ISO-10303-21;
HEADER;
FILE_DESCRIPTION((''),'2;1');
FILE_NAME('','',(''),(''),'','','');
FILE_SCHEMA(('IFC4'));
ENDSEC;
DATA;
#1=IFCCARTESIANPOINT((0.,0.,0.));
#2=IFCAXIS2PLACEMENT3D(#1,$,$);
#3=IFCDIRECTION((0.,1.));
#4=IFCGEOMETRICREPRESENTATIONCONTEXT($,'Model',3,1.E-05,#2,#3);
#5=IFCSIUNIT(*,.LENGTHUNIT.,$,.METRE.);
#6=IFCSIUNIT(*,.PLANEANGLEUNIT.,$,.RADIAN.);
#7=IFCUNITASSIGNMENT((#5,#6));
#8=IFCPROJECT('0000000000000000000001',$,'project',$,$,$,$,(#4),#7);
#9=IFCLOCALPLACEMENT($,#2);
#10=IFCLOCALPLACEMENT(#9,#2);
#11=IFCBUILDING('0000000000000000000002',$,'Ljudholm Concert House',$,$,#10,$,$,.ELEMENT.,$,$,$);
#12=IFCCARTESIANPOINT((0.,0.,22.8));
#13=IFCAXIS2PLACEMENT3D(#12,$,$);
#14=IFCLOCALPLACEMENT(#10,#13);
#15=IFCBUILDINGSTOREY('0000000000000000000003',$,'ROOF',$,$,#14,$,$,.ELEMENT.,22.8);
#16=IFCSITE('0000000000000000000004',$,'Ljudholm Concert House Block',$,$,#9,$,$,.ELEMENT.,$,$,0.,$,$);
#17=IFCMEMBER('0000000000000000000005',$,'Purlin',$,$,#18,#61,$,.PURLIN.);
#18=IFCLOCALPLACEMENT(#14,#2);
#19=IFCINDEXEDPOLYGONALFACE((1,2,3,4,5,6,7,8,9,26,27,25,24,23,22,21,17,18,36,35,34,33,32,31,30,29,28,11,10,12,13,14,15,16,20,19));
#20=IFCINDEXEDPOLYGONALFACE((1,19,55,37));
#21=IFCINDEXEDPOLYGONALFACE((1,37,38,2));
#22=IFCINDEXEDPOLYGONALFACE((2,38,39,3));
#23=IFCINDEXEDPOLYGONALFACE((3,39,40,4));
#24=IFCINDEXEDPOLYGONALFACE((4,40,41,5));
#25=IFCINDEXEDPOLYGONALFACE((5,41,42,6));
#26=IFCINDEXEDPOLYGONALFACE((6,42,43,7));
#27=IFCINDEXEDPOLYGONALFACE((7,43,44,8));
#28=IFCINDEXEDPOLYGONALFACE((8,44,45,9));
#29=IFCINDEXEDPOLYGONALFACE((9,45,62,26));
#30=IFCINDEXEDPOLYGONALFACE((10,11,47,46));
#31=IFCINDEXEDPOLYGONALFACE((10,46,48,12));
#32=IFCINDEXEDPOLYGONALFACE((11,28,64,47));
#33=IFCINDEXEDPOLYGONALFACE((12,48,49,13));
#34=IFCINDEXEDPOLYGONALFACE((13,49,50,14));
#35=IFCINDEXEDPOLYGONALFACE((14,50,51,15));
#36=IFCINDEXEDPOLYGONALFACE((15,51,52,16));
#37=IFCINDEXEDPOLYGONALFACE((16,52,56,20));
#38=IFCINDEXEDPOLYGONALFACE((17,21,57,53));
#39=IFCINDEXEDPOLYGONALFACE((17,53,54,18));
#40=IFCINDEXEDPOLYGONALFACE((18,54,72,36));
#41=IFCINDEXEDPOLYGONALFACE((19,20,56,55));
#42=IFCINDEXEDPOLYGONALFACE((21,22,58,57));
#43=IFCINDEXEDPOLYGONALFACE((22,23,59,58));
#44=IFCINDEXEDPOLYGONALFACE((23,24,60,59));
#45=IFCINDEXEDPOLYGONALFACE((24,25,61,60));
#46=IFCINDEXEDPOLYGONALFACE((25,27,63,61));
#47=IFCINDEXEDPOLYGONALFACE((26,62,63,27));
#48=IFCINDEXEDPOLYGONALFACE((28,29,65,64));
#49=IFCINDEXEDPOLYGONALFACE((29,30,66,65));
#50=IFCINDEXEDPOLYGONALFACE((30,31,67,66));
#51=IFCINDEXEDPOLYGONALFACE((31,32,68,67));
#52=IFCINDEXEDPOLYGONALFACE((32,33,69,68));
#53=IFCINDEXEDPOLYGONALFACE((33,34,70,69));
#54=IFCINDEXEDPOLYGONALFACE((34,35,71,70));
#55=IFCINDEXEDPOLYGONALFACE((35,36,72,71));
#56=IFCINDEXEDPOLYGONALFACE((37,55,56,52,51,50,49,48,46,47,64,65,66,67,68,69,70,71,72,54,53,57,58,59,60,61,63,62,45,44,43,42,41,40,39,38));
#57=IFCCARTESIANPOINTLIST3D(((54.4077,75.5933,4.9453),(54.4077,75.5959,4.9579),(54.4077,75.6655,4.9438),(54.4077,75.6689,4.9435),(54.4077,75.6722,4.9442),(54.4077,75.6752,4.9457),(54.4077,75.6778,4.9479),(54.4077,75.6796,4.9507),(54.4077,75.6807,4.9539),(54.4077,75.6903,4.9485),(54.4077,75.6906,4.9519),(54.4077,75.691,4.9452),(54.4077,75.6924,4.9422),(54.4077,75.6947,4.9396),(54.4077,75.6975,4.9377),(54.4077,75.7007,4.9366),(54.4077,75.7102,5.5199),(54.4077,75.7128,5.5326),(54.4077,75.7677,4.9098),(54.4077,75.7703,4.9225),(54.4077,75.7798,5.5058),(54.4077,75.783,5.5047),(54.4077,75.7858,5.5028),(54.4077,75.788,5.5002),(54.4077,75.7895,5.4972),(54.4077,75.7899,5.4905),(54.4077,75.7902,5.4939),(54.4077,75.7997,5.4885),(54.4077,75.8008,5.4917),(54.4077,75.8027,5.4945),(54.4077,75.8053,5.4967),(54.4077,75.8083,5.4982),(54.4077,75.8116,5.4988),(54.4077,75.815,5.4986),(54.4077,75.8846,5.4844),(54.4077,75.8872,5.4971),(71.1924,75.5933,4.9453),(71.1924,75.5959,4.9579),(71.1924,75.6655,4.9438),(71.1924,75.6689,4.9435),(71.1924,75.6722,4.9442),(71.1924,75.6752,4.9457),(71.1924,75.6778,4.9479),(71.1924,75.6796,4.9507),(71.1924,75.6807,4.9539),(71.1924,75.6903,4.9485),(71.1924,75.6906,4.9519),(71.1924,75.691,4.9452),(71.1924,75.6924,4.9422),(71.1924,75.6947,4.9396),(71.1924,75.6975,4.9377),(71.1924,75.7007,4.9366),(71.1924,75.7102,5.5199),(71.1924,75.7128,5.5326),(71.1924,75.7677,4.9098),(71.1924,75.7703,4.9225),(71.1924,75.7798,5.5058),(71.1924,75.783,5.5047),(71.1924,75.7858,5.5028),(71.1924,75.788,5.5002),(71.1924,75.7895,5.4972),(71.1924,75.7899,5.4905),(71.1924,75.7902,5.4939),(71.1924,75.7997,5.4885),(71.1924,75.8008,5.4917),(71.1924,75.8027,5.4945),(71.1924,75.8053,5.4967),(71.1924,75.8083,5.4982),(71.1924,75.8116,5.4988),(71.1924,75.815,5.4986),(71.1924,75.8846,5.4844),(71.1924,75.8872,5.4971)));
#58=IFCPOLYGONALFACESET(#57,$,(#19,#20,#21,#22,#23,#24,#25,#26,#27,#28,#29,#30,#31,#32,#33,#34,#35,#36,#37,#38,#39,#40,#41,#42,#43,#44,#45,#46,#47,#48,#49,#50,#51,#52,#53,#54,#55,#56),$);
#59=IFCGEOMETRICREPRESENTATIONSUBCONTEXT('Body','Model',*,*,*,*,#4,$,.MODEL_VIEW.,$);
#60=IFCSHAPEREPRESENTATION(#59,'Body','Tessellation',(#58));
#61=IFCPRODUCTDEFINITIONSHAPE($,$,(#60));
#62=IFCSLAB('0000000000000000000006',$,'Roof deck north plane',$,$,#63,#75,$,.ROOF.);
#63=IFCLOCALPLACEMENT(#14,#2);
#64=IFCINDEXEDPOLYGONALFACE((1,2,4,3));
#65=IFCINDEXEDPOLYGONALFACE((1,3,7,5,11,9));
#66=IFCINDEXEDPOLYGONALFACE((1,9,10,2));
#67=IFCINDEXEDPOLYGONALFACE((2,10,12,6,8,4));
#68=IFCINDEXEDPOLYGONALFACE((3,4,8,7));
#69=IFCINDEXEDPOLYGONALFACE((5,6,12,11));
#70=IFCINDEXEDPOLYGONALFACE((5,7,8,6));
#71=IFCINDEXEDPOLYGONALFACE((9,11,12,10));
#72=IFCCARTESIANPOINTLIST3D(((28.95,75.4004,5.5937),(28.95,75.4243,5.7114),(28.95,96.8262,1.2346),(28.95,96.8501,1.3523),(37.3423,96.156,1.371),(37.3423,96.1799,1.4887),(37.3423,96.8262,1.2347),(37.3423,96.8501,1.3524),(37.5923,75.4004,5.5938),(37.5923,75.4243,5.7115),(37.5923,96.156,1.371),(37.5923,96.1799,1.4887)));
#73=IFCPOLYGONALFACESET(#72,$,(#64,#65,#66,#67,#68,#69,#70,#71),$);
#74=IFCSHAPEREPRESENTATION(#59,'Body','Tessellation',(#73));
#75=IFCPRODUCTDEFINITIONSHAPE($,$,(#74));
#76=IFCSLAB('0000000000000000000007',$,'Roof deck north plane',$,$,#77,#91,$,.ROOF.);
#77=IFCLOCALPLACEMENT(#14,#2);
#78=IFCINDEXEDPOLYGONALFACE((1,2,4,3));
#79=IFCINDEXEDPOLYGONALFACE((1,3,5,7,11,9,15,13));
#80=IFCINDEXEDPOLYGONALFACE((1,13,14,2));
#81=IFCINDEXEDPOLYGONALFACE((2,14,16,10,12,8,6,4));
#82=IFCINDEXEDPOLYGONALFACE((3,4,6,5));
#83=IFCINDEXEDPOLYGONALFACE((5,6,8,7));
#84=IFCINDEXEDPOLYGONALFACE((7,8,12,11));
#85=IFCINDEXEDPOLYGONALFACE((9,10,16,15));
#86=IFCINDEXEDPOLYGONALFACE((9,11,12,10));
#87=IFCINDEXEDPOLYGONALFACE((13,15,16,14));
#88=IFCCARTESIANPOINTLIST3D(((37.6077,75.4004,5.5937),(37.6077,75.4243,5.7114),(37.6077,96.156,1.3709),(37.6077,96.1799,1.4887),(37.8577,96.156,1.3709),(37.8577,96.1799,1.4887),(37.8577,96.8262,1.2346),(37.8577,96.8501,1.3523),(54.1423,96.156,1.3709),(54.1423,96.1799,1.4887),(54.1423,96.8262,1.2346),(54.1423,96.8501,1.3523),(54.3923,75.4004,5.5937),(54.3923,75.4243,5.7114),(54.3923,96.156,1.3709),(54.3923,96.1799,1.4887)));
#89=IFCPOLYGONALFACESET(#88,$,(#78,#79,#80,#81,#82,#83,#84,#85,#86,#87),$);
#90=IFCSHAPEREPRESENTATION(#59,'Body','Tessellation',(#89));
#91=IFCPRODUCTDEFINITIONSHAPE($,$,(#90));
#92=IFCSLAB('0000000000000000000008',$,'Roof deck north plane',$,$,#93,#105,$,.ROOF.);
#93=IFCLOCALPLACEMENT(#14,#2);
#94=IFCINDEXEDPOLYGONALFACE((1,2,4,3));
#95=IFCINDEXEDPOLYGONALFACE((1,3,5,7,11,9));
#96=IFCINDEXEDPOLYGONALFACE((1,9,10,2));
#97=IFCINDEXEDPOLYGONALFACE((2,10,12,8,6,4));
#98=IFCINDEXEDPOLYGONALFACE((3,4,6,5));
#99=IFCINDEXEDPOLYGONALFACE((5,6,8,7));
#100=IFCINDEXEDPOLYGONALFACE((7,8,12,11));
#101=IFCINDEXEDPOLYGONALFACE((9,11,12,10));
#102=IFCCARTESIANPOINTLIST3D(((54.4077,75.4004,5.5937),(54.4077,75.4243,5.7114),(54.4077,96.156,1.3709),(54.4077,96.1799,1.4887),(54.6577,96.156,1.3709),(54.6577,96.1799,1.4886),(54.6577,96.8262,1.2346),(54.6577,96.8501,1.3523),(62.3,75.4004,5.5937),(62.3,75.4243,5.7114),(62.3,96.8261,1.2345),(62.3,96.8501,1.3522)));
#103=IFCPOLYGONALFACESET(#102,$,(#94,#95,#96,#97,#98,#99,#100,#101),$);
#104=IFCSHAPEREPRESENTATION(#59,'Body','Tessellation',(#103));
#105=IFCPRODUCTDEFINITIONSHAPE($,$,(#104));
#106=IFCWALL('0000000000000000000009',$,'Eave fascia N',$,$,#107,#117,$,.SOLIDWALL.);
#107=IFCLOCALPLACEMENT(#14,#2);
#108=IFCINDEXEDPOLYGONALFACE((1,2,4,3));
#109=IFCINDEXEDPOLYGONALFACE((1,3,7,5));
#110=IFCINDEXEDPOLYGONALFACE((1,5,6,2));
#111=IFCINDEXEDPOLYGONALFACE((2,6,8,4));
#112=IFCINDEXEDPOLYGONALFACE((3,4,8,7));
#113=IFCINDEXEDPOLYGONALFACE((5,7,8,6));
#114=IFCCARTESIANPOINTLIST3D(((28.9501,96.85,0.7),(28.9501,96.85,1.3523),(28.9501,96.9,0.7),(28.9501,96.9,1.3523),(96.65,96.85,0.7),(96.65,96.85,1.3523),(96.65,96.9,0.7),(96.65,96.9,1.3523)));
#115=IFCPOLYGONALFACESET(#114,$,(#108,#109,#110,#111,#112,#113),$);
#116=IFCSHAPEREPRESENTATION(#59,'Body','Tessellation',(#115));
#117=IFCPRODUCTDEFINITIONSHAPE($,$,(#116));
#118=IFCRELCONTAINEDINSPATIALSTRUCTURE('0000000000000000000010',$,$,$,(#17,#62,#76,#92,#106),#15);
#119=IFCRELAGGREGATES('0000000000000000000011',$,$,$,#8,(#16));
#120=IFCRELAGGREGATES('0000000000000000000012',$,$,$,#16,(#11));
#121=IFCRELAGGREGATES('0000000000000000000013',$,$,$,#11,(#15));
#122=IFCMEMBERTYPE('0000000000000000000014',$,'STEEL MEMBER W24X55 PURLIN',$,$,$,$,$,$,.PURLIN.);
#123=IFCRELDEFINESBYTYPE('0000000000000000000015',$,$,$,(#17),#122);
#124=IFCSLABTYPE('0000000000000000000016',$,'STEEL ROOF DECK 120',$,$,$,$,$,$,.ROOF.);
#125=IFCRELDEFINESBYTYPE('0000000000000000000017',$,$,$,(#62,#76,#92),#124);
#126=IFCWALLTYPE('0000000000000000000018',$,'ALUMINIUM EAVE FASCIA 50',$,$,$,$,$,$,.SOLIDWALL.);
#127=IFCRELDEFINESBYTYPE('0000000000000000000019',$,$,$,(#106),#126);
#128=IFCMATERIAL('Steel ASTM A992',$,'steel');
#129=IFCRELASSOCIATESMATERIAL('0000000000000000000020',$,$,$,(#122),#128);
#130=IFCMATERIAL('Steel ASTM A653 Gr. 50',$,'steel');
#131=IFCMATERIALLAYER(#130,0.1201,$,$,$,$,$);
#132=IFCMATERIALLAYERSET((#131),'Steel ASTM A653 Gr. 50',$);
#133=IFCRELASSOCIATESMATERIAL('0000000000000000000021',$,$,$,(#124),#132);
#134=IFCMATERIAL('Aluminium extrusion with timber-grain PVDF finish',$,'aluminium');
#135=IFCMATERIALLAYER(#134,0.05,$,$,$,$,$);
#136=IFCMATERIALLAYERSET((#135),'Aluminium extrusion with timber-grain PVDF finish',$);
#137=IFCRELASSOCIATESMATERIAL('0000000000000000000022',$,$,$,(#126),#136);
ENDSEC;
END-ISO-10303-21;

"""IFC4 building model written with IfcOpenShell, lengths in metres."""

from ifc_helpers import new_model, si_unit, direction, frame, frame_2d, origin, origin_2d, place, context, subcontext, project, spatial, polyline, rectangle, i_section, outline, extrude, material, layer, layer_set, material_profile, profile_set, type_object, element, save


model = new_model("IFC4")

# Units and contexts
model_context = context("Model", 3, precision=1e-05, world=origin(), true_north=direction((0.0, 1.0)))
body_context = subcontext(model_context, "Body", "Model", "MODEL_VIEW")
ifc_project = project(units=[si_unit("LENGTHUNIT", "METRE"), si_unit("PLANEANGLEUNIT", "RADIAN")], contexts=[model_context])

# Site, building, storey
site_placement = place(None, origin())
site = spatial("IfcSite", under=ifc_project, at=site_placement, Name="Ljudholm Concert House Block", CompositionType="ELEMENT", RefElevation=0.0)
building_placement = place(site_placement, origin())
building = spatial("IfcBuilding", under=site, at=building_placement, Name="Ljudholm Concert House", CompositionType="ELEMENT")
storey_placement = place(building_placement, frame((0.0, 0.0, 22.8)))
storey = spatial("IfcBuildingStorey", under=building, at=storey_placement, Name="ROOF", CompositionType="ELEMENT", Elevation=22.8)

# Member
ifc_material_1 = material(Name="Steel ASTM A992", Category="steel")
ifc_material_profile_1 = material_profile(ifc_material_1, i_section(OverallWidth=0.178, OverallDepth=0.5994, WebThickness=0.01, FlangeThickness=0.0129, FilletRadius=0.0129, at=origin_2d()), Name="W24X55")
ifc_profile_set_1 = profile_set([ifc_material_profile_1], Name="Steel ASTM A992")
member_type_1 = type_object("IfcMemberType", Name="STEEL MEMBER W24X55 PURLIN", PredefinedType="PURLIN", material=ifc_profile_set_1)
for number, where, z_axis, x_axis, name in (
    (1, (54.4077, 75.7402, 5.2212), (1.0, 0.0, 0.0), (0.0, 0.979925, -0.199368), "Purlin"),
):
    element("IfcMember", number, at=place(storey_placement, frame(where, z_axis=z_axis, x_axis=x_axis)), inside=storey, type_object=member_type_1, Name=name, PredefinedType="PURLIN", context=body_context, shape_type="SweptSolid", body=[
        extrude(i_section(OverallWidth=0.178, OverallDepth=0.5994, WebThickness=0.01, FlangeThickness=0.0129, FilletRadius=0.0129, at=origin_2d()), origin(), (0.0, 0.0, 1.0), 16.7847),
    ])

# Slabs
ifc_material_2 = material(Name="Steel ASTM A653 Gr. 50", Category="steel")
ifc_layer_1 = layer(ifc_material_2, 0.1201)
ifc_layer_set_1 = layer_set([ifc_layer_1], Name="Steel ASTM A653 Gr. 50")
slab_type = type_object("IfcSlabType", Name="STEEL ROOF DECK 120", PredefinedType="ROOF", material=ifc_layer_set_1)
slab_1_placement = place(storey_placement, frame((28.95, 75.4243, 5.7114), z_axis=(-0.000007, 0.199368, 0.979925), x_axis=(1.0, 0.000001, 0.000007)))
element("IfcSlab", 2, at=slab_1_placement, inside=storey, type_object=slab_type, Name="Roof deck north plane", PredefinedType="ROOF", context=body_context, shape_type="SweptSolid", body=[
    extrude(outline(polyline([(0.0, 0.0), (8.6423, 0.0), (8.6423, 21.1808), (8.3923, 21.1808), (8.3923, 21.8647), (0.0, 21.8647), (0.0, 0.0)])), origin(), (0.0, 0.0, -1.0), 0.1201),
])
slab_2_placement = place(storey_placement, frame((37.6077, 75.4243, 5.7114), z_axis=(0.0, 0.199368, 0.979925), x_axis=(1.0, 0.0, 0.0)))
element("IfcSlab", 3, at=slab_2_placement, inside=storey, type_object=slab_type, Name="Roof deck north plane", PredefinedType="ROOF", context=body_context, shape_type="SweptSolid", body=[
    extrude(outline(polyline([(0.0, 0.0), (16.7847, 0.0), (16.7847, 21.1808), (16.5347, 21.1808), (16.5347, 21.8647), (0.25, 21.8647), (0.25, 21.1808), (0.0, 21.1808), (0.0, 0.0)])), origin(), (0.0, 0.0, -1.0), 0.1201),
])
slab_3_placement = place(storey_placement, frame((54.4077, 75.4243, 5.7114), z_axis=(0.000008, 0.199368, 0.979925), x_axis=(0.0, 0.979925, -0.199368)))
element("IfcSlab", 4, at=slab_3_placement, inside=storey, type_object=slab_type, Name="Roof deck north plane", PredefinedType="ROOF", context=body_context, shape_type="SweptSolid", body=[
    extrude(outline(polyline([(0.0, 0.0), (21.1808, 0.0), (21.1808, -0.25), (21.8647, -0.25), (21.8647, -7.8923), (0.0, -7.8923), (0.0, 0.0)])), origin(), (0.0, 0.0, -1.0), 0.1201),
])

# Wall
ifc_material_3 = material(Name="Aluminium extrusion with timber-grain PVDF finish", Category="aluminium")
ifc_layer_2 = layer(ifc_material_3, 0.05)
ifc_layer_set_2 = layer_set([ifc_layer_2], Name="Aluminium extrusion with timber-grain PVDF finish")
wall_type = type_object("IfcWallType", Name="ALUMINIUM EAVE FASCIA 50", PredefinedType="SOLIDWALL", material=ifc_layer_set_2)
wall_placement = place(storey_placement, frame((28.95, 96.875, 0.7), z_axis=(0.0, 0.0, 1.0), x_axis=(1.0, 0.0, 0.0)))
element("IfcWall", 5, at=wall_placement, inside=storey, type_object=wall_type, Name="Eave fascia N", PredefinedType="SOLIDWALL", context=body_context, shape_type="SweptSolid", body=[
    extrude(rectangle(XDim=67.7, YDim=0.05, at=frame_2d((33.8501, 0.0))), origin(), (0.0, 0.0, 1.0), 0.6523),
])

save(model, "model.ifc")
